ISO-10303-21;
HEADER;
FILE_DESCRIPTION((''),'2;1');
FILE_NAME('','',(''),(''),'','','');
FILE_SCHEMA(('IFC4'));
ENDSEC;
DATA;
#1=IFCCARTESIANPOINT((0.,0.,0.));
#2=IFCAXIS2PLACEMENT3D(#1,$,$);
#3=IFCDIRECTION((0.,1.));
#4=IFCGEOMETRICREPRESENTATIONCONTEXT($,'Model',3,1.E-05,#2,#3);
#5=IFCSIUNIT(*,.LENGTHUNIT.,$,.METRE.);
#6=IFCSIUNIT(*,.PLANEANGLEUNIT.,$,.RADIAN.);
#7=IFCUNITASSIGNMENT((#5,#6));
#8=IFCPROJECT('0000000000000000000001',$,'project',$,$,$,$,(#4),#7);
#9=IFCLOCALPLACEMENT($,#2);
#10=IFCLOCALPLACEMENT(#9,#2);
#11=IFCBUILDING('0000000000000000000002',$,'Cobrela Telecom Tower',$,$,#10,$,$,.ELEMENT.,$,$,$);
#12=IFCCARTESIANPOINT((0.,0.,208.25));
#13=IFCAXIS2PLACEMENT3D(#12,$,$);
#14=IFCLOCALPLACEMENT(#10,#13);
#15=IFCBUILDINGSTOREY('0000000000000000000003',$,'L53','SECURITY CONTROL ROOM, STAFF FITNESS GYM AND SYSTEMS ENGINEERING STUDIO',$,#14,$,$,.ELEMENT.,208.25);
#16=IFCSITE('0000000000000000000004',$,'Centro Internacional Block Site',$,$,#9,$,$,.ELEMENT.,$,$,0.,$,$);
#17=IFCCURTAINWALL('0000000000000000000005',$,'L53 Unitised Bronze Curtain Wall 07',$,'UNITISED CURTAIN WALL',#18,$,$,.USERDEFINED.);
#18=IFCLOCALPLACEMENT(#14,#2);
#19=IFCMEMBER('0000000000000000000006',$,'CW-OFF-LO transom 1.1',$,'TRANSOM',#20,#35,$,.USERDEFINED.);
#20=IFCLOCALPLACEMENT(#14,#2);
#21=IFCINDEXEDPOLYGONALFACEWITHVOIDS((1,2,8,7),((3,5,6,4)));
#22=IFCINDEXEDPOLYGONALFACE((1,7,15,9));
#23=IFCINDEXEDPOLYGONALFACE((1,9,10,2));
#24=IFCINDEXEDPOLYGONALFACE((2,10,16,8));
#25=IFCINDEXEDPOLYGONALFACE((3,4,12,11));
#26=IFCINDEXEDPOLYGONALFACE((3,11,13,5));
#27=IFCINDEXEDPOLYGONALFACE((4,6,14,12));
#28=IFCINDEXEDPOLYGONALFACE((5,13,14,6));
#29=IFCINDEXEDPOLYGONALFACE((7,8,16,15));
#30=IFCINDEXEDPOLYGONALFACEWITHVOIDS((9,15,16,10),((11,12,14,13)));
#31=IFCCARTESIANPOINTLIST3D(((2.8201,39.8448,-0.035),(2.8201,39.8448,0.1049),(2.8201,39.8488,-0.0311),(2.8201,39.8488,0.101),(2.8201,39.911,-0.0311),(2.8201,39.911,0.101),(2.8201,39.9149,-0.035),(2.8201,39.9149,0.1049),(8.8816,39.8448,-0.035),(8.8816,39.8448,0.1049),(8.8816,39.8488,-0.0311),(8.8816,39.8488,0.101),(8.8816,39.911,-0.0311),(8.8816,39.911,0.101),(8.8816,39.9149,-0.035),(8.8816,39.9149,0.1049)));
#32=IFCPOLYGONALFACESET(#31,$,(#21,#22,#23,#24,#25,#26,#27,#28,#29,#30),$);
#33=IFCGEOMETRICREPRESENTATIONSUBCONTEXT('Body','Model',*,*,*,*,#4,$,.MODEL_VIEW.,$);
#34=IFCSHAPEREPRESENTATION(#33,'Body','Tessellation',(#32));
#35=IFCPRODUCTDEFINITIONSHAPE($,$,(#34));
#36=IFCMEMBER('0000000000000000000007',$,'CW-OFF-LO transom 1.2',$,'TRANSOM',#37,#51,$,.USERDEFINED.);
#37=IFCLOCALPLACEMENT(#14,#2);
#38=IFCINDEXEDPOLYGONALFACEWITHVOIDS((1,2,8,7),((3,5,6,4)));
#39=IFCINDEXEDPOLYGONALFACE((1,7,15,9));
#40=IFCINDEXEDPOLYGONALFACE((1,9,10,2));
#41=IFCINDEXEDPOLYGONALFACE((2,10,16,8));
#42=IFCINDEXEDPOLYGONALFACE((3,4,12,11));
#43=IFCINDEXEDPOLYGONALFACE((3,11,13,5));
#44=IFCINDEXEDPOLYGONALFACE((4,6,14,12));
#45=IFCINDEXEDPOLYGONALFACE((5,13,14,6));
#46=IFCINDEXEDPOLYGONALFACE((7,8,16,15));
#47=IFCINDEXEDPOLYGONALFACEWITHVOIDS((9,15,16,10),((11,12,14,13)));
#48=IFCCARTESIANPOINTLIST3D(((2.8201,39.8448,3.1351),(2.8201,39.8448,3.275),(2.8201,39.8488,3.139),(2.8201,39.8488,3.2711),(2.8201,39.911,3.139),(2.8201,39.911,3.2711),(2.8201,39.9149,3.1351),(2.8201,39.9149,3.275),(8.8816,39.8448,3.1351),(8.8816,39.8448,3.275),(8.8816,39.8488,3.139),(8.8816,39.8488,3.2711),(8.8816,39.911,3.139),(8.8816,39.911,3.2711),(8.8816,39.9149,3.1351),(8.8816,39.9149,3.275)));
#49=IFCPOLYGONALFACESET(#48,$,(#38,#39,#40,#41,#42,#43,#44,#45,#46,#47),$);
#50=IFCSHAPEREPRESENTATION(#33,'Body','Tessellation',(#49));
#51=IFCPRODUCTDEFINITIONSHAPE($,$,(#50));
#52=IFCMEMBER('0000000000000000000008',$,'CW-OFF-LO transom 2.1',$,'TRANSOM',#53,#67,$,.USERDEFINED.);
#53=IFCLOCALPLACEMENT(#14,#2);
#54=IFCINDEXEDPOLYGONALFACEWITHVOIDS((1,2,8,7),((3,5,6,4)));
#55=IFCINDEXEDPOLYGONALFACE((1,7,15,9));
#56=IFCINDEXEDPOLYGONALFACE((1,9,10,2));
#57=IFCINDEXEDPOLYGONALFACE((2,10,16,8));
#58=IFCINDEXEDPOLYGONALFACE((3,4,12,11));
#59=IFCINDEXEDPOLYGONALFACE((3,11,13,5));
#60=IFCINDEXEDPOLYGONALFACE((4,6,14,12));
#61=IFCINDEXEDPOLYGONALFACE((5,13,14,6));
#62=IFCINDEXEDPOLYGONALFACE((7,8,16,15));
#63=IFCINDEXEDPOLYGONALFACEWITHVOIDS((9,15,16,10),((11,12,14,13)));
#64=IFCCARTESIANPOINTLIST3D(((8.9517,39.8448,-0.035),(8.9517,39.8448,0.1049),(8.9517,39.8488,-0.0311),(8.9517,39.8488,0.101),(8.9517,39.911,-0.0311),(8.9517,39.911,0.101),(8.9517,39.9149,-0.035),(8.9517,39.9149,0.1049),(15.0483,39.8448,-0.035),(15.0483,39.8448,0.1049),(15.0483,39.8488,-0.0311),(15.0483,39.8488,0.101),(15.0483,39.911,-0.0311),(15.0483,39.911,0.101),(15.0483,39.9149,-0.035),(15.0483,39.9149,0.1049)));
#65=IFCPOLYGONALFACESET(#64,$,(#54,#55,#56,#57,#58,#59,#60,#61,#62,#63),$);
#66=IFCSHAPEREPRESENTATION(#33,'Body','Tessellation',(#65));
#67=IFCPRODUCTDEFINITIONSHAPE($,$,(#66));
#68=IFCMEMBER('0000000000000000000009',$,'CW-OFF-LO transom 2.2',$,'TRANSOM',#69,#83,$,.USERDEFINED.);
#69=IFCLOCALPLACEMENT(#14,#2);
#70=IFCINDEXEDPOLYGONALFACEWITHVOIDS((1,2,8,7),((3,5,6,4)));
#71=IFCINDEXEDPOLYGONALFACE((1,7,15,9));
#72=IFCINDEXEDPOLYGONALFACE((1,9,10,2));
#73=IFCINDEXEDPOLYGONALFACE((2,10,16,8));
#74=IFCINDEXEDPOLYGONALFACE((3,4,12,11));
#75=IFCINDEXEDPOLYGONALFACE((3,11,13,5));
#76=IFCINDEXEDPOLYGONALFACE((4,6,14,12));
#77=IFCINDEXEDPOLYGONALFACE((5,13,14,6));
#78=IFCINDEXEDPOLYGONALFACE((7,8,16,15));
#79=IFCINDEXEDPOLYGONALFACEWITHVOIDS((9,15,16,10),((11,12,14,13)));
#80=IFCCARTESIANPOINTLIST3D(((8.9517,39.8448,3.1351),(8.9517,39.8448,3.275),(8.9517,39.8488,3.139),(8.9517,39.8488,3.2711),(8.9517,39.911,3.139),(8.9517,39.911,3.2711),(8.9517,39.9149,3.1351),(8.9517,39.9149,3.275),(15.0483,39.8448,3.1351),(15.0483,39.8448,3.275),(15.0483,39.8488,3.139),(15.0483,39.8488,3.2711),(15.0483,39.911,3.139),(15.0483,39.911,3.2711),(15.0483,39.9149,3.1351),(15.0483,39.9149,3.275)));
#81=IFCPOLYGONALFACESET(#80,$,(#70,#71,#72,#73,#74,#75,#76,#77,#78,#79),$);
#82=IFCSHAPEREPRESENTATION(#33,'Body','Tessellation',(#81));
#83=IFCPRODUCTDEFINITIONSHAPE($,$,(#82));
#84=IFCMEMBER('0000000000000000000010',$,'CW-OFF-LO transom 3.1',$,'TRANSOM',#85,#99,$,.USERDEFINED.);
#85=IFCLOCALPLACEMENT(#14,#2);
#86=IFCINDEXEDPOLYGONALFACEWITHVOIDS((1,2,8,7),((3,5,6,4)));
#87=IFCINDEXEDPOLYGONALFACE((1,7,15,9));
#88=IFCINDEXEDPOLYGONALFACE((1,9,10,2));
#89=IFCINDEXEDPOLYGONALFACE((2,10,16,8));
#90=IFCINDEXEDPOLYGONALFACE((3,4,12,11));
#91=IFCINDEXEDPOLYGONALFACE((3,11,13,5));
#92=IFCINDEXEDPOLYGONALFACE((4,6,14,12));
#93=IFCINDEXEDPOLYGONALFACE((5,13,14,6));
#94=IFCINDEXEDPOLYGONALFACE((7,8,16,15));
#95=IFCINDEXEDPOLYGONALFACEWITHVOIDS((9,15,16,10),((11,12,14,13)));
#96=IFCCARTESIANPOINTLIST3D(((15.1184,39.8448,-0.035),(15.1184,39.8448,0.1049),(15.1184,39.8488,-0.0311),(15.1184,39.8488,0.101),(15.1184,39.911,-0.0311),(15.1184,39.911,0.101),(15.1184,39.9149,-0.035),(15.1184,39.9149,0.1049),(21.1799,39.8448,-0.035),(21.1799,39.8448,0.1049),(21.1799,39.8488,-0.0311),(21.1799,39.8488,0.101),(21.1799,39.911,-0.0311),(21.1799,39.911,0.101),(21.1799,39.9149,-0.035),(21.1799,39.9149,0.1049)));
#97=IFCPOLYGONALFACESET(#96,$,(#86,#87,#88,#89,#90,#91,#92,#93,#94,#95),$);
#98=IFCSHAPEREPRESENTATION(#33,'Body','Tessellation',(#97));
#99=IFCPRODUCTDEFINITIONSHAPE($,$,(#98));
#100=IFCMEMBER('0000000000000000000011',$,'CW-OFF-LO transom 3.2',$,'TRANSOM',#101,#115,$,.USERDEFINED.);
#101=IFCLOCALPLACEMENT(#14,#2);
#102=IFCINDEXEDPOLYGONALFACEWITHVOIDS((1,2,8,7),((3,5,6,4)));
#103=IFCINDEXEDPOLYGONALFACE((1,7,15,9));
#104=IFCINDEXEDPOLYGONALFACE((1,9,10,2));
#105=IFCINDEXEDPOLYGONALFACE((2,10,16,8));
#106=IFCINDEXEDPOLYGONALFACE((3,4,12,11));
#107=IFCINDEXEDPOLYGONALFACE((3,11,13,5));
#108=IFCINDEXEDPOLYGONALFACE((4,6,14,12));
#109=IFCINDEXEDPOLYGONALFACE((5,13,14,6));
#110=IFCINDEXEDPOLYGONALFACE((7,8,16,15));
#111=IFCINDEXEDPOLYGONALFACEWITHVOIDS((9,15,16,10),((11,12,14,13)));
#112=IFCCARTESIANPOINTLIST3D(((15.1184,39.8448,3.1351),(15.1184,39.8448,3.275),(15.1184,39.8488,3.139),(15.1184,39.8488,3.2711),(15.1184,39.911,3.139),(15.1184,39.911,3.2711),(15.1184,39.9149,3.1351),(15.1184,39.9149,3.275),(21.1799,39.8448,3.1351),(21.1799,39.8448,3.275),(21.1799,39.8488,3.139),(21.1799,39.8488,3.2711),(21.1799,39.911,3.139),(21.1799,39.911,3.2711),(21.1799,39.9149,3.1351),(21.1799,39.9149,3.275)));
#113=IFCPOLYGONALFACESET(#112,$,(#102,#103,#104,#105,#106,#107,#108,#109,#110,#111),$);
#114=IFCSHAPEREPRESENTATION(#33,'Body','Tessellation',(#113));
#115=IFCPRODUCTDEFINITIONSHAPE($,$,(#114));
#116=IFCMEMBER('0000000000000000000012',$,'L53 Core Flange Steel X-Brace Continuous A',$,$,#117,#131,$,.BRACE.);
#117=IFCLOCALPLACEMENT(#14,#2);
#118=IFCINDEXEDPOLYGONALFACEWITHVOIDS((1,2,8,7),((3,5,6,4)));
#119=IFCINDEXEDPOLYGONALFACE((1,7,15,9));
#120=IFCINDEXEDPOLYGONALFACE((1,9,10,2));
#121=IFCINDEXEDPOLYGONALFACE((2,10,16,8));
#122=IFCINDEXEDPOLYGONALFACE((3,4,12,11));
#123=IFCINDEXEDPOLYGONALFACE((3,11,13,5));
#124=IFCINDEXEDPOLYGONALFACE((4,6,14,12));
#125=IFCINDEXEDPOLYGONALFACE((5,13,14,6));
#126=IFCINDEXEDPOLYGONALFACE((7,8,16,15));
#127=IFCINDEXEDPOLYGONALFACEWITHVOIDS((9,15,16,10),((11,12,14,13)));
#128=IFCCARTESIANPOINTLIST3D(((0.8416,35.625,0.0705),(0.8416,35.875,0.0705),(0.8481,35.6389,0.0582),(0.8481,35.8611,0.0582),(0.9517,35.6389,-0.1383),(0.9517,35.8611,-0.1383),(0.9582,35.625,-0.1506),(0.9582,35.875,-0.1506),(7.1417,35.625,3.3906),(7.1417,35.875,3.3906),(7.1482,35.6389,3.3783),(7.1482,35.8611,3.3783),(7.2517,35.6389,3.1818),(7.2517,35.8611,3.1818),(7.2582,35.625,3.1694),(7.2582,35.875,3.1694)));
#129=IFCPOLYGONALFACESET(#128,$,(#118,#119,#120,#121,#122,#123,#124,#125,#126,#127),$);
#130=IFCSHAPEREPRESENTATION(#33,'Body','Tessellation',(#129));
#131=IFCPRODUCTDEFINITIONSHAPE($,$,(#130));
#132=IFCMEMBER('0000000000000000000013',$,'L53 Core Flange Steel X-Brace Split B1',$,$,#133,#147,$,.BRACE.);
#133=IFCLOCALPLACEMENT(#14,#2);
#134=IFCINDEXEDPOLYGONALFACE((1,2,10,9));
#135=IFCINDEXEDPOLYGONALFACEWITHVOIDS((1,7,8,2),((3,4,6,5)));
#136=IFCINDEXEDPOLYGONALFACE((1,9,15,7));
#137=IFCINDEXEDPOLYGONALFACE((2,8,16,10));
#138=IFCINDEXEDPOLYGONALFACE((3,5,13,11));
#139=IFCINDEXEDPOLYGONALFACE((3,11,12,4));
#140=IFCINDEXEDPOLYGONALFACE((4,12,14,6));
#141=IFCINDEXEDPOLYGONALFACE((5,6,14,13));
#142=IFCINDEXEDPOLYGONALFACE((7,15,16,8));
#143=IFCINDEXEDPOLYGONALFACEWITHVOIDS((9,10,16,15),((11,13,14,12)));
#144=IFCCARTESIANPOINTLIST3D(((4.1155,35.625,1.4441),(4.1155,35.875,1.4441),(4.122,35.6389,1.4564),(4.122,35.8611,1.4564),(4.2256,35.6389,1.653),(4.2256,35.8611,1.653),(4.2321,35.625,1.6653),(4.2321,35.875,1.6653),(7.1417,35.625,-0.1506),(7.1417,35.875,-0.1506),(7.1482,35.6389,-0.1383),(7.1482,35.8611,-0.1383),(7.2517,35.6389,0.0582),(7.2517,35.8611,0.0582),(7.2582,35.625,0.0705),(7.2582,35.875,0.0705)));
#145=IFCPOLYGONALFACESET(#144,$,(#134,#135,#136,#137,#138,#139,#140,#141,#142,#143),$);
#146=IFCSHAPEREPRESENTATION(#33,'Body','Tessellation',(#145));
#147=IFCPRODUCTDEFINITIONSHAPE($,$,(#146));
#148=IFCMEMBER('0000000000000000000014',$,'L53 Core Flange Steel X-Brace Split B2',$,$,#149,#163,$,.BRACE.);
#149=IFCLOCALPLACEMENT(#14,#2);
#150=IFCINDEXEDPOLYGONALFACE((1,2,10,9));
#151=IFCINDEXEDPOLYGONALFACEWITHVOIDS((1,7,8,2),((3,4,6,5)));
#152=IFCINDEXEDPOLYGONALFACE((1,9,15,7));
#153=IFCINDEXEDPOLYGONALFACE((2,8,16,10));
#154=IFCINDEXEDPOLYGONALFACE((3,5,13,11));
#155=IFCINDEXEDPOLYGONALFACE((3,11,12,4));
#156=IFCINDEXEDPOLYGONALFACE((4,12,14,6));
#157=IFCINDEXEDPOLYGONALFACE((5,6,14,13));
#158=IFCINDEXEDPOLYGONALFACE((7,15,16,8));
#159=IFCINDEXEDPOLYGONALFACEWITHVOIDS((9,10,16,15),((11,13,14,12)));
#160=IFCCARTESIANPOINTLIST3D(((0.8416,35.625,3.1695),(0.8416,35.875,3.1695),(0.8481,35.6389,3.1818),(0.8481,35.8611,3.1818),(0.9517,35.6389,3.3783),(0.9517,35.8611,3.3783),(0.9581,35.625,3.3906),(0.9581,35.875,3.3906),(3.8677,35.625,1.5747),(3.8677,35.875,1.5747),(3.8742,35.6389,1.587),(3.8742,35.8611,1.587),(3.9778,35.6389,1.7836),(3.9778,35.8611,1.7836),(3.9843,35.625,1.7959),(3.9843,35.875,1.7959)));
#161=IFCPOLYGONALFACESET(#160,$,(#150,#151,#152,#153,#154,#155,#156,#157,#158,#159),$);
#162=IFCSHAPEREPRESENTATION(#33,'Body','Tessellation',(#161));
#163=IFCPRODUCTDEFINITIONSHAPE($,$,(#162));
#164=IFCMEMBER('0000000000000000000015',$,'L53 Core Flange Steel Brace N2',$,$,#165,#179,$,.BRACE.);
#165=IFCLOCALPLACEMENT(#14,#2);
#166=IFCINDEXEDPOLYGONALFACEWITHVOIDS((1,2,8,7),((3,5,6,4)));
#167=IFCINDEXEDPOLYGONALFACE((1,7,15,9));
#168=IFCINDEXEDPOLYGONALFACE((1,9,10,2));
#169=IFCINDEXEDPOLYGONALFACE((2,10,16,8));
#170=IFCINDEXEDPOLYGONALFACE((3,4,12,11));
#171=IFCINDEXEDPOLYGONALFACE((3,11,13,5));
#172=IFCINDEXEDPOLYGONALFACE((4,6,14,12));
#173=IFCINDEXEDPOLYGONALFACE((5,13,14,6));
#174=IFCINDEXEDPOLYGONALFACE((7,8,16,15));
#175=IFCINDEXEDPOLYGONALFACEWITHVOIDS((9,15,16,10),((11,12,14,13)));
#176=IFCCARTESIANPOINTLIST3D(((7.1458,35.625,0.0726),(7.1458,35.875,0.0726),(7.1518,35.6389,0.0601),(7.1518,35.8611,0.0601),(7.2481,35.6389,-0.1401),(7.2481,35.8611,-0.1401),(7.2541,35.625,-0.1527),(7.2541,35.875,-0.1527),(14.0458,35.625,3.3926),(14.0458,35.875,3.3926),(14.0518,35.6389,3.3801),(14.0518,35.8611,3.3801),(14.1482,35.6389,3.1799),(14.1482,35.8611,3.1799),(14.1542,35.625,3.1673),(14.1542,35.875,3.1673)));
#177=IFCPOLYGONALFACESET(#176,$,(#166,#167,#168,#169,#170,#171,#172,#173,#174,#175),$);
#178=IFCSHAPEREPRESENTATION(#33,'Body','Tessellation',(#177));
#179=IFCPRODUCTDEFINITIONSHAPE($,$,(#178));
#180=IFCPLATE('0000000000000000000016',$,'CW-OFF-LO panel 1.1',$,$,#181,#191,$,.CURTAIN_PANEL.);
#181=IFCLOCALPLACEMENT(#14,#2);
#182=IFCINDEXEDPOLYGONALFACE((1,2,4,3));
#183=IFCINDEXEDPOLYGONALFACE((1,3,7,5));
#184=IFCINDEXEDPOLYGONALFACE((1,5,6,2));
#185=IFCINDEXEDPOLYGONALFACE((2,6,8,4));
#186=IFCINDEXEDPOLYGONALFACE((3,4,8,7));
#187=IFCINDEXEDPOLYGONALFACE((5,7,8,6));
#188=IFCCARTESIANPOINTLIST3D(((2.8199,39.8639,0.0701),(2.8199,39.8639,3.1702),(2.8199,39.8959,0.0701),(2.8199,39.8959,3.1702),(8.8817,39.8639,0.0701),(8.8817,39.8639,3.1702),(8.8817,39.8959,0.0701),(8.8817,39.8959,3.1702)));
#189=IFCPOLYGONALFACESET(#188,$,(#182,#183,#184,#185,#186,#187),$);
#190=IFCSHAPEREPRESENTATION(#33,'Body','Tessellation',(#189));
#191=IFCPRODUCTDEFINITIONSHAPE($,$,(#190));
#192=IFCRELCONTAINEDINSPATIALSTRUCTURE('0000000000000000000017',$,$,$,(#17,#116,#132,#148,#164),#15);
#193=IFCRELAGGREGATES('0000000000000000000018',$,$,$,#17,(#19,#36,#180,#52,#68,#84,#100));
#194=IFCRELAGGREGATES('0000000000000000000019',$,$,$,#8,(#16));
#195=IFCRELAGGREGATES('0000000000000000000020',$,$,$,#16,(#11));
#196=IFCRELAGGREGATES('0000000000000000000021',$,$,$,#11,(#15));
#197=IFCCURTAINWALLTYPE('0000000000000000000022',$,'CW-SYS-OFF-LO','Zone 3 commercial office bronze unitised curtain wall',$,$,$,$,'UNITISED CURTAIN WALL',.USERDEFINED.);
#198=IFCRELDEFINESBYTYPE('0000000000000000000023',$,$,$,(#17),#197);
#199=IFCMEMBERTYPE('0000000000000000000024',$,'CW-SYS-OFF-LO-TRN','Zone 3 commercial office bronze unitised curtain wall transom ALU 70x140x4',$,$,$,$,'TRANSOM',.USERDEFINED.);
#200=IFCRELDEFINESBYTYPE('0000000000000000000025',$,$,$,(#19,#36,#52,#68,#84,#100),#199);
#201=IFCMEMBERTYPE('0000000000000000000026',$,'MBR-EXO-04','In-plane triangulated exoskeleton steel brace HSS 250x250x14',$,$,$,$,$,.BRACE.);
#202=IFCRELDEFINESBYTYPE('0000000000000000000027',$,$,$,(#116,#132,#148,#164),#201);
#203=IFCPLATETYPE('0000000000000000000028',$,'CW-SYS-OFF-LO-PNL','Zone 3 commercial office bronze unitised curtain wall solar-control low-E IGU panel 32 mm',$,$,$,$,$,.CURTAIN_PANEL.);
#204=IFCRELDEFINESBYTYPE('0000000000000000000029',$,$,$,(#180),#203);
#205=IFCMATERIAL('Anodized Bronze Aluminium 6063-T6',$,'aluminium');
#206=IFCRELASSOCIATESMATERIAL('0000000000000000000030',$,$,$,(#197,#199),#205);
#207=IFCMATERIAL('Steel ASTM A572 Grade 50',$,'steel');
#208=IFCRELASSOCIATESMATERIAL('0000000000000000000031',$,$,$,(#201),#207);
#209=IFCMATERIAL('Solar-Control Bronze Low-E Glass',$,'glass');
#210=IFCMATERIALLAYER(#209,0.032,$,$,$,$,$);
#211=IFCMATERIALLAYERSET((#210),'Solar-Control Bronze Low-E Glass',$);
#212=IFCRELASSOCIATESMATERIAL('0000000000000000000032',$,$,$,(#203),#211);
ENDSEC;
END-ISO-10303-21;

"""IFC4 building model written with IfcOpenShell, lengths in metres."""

from ifc_helpers import new_model, si_unit, direction, frame, origin, origin_2d, place, context, subcontext, project, spatial, rectangle, hollow_rectangle, extrude, material, layer, layer_set, material_profile, profile_set, type_object, element, aggregate, save


model = new_model("IFC4")

# Units and contexts
model_context = context("Model", 3, precision=1e-05, world=origin(), true_north=direction((0.0, 1.0)))
body_context = subcontext(model_context, "Body", "Model", "MODEL_VIEW")
ifc_project = project(units=[si_unit("LENGTHUNIT", "METRE"), si_unit("PLANEANGLEUNIT", "RADIAN")], contexts=[model_context])

# Site, building, storey
site_placement = place(None, origin())
site = spatial("IfcSite", under=ifc_project, at=site_placement, Name="Centro Internacional Block Site", CompositionType="ELEMENT", RefElevation=0.0)
building_placement = place(site_placement, origin())
building = spatial("IfcBuilding", under=site, at=building_placement, Name="Cobrela Telecom Tower", CompositionType="ELEMENT")
storey_placement = place(building_placement, frame((0.0, 0.0, 208.25)))
storey = spatial("IfcBuildingStorey", under=building, at=storey_placement, Name="L53", Description="SECURITY CONTROL ROOM, STAFF FITNESS GYM AND SYSTEMS ENGINEERING STUDIO", CompositionType="ELEMENT", Elevation=208.25)

# Shared definitions
ifc_material_1 = material(Name="Steel ASTM A572 Grade 50", Category="steel")

# Curtain wall, members
ifc_material_2 = material(Name="Anodized Bronze Aluminium 6063-T6", Category="aluminium")
curtain_wall_type = type_object("IfcCurtainWallType", Name="CW-SYS-OFF-LO", Description="Zone 3 commercial office bronze unitised curtain wall", ElementType="UNITISED CURTAIN WALL", PredefinedType="USERDEFINED", material=ifc_material_2)
curtain_wall_placement = place(storey_placement, origin())
curtain_wall = element("IfcCurtainWall", 1, at=curtain_wall_placement, inside=storey, type_object=curtain_wall_type, Name="L53 Unitised Bronze Curtain Wall 07", ObjectType="UNITISED CURTAIN WALL", PredefinedType="USERDEFINED")
ifc_material_profile_1 = material_profile(ifc_material_2, hollow_rectangle(XDim=0.0701, YDim=0.1399, WallThickness=0.0039, at=origin_2d()), Name="ALU 70x140x4")
ifc_profile_set_1 = profile_set([ifc_material_profile_1], Name="Anodized Bronze Aluminium 6063-T6")
member_type_1 = type_object("IfcMemberType", Name="CW-SYS-OFF-LO-TRN", Description="Zone 3 commercial office bronze unitised curtain wall transom ALU 70x140x4", ElementType="TRANSOM", PredefinedType="USERDEFINED", material=ifc_profile_set_1)
member_1_placement = place(storey_placement, frame((2.8201, 39.8799, 0.0349), z_axis=(1.0, 0.0, 0.0), x_axis=(0.0, 1.0, 0.0)))
member_1 = element("IfcMember", 2, at=member_1_placement, type_object=member_type_1, Name="CW-OFF-LO transom 1.1", ObjectType="TRANSOM", PredefinedType="USERDEFINED", context=body_context, shape_type="SweptSolid", body=[
    extrude(hollow_rectangle(XDim=0.0701, YDim=0.1399, WallThickness=0.0039, at=origin_2d()), origin(), (0.0, 0.0, 1.0), 6.0615),
])
member_2_placement = place(storey_placement, frame((2.8201, 39.8799, 3.2051), z_axis=(1.0, 0.0, 0.0), x_axis=(0.0, 1.0, 0.0)))
member_2 = element("IfcMember", 3, at=member_2_placement, type_object=member_type_1, Name="CW-OFF-LO transom 1.2", ObjectType="TRANSOM", PredefinedType="USERDEFINED", context=body_context, shape_type="SweptSolid", body=[
    extrude(hollow_rectangle(XDim=0.0701, YDim=0.1399, WallThickness=0.0039, at=origin_2d()), origin(), (0.0, 0.0, 1.0), 6.0615),
])
member_3_placement = place(storey_placement, frame((8.9517, 39.8799, 0.0349), z_axis=(1.0, 0.0, 0.0), x_axis=(0.0, 1.0, 0.0)))
member_3 = element("IfcMember", 4, at=member_3_placement, type_object=member_type_1, Name="CW-OFF-LO transom 2.1", ObjectType="TRANSOM", PredefinedType="USERDEFINED", context=body_context, shape_type="SweptSolid", body=[
    extrude(hollow_rectangle(XDim=0.0701, YDim=0.1399, WallThickness=0.0039, at=origin_2d()), origin(), (0.0, 0.0, 1.0), 6.0967),
])
member_4_placement = place(storey_placement, frame((8.9517, 39.8799, 3.2051), z_axis=(1.0, 0.0, 0.0), x_axis=(0.0, 1.0, 0.0)))
member_4 = element("IfcMember", 5, at=member_4_placement, type_object=member_type_1, Name="CW-OFF-LO transom 2.2", ObjectType="TRANSOM", PredefinedType="USERDEFINED", context=body_context, shape_type="SweptSolid", body=[
    extrude(hollow_rectangle(XDim=0.0701, YDim=0.1399, WallThickness=0.0039, at=origin_2d()), origin(), (0.0, 0.0, 1.0), 6.0967),
])
member_5_placement = place(storey_placement, frame((15.1184, 39.8799, 0.0349), z_axis=(1.0, 0.0, 0.0), x_axis=(0.0, 1.0, 0.0)))
member_5 = element("IfcMember", 6, at=member_5_placement, type_object=member_type_1, Name="CW-OFF-LO transom 3.1", ObjectType="TRANSOM", PredefinedType="USERDEFINED", context=body_context, shape_type="SweptSolid", body=[
    extrude(hollow_rectangle(XDim=0.0701, YDim=0.1399, WallThickness=0.0039, at=origin_2d()), origin(), (0.0, 0.0, 1.0), 6.0615),
])
member_6_placement = place(storey_placement, frame((15.1184, 39.8799, 3.2051), z_axis=(1.0, 0.0, 0.0), x_axis=(0.0, 1.0, 0.0)))
member_6 = element("IfcMember", 7, at=member_6_placement, type_object=member_type_1, Name="CW-OFF-LO transom 3.2", ObjectType="TRANSOM", PredefinedType="USERDEFINED", context=body_context, shape_type="SweptSolid", body=[
    extrude(hollow_rectangle(XDim=0.0701, YDim=0.1399, WallThickness=0.0039, at=origin_2d()), origin(), (0.0, 0.0, 1.0), 6.0615),
])

# Members
ifc_material_profile_2 = material_profile(ifc_material_1, hollow_rectangle(XDim=0.25, YDim=0.25, WallThickness=0.0139, at=origin_2d()), Name="HSS 250x250x14")
ifc_profile_set_2 = profile_set([ifc_material_profile_2], Name="Steel ASTM A572 Grade 50")
member_type_2 = type_object("IfcMemberType", Name="MBR-EXO-04", Description="In-plane triangulated exoskeleton steel brace HSS 250x250x14", PredefinedType="BRACE", material=ifc_profile_set_2)
member_7_placement = place(storey_placement, frame((0.8999, 35.75, -0.04), z_axis=(0.884672, 0.0, 0.466214), x_axis=(0.0, 1.0, 0.0)))
element("IfcMember", 8, at=member_7_placement, inside=storey, type_object=member_type_2, Name="L53 Core Flange Steel X-Brace Continuous A", PredefinedType="BRACE", context=body_context, shape_type="SweptSolid", body=[
    extrude(hollow_rectangle(XDim=0.25, YDim=0.25, WallThickness=0.0139, at=origin_2d()), origin(), (0.0, 0.0, 1.0), 7.1213),
])
for number, where, z_axis, x_axis, name in (
    (9, (7.2, 35.75, -0.04), (-0.884673, 0.0, 0.466211), (0.0, -1.0, 0.0), "L53 Core Flange Steel X-Brace Split B1"),
    (10, (3.926, 35.75, 1.6853), (-0.884673, 0.0, 0.466211), (0.0, -1.0, 0.0), "L53 Core Flange Steel X-Brace Split B2"),
):
    element("IfcMember", number, at=place(storey_placement, frame(where, z_axis=z_axis, x_axis=x_axis)), inside=storey, type_object=member_type_2, Name=name, PredefinedType="BRACE", context=body_context, shape_type="SweptSolid", body=[
        extrude(hollow_rectangle(XDim=0.25, YDim=0.25, WallThickness=0.0139, at=origin_2d()), origin(), (0.0, 0.0, 1.0), 3.4207),
    ])
member_8_placement = place(storey_placement, frame((7.2, 35.75, -0.04), z_axis=(0.901115, 0.0, 0.43358), x_axis=(0.0, 1.0, 0.0)))
element("IfcMember", 11, at=member_8_placement, inside=storey, type_object=member_type_2, Name="L53 Core Flange Steel Brace N2", PredefinedType="BRACE", context=body_context, shape_type="SweptSolid", body=[
    extrude(hollow_rectangle(XDim=0.25, YDim=0.25, WallThickness=0.0139, at=origin_2d()), origin(), (0.0, 0.0, 1.0), 7.6572),
])

# Plate
ifc_material_3 = material(Name="Solar-Control Bronze Low-E Glass", Category="glass")
ifc_layer_1 = layer(ifc_material_3, 0.032)
ifc_layer_set_1 = layer_set([ifc_layer_1], Name="Solar-Control Bronze Low-E Glass")
plate_type_1 = type_object("IfcPlateType", Name="CW-SYS-OFF-LO-PNL", Description="Zone 3 commercial office bronze unitised curtain wall solar-control low-E IGU panel 32 mm", PredefinedType="CURTAIN_PANEL", material=ifc_layer_set_1)
plate_1_placement = place(storey_placement, frame((5.8508, 39.8799, 0.0701), z_axis=(0.0, 0.0, 1.0), x_axis=(1.0, 0.0, 0.0)))
plate_1 = element("IfcPlate", 12, at=plate_1_placement, type_object=plate_type_1, Name="CW-OFF-LO panel 1.1", PredefinedType="CURTAIN_PANEL", context=body_context, shape_type="SweptSolid", body=[
    extrude(rectangle(XDim=6.0618, YDim=0.032, at=origin_2d()), origin(), (0.0, 0.0, 1.0), 3.1001),
])
aggregate(curtain_wall, [member_1, member_2, plate_1, member_3, member_4, member_5, member_6])

save(model, "model.ifc")
